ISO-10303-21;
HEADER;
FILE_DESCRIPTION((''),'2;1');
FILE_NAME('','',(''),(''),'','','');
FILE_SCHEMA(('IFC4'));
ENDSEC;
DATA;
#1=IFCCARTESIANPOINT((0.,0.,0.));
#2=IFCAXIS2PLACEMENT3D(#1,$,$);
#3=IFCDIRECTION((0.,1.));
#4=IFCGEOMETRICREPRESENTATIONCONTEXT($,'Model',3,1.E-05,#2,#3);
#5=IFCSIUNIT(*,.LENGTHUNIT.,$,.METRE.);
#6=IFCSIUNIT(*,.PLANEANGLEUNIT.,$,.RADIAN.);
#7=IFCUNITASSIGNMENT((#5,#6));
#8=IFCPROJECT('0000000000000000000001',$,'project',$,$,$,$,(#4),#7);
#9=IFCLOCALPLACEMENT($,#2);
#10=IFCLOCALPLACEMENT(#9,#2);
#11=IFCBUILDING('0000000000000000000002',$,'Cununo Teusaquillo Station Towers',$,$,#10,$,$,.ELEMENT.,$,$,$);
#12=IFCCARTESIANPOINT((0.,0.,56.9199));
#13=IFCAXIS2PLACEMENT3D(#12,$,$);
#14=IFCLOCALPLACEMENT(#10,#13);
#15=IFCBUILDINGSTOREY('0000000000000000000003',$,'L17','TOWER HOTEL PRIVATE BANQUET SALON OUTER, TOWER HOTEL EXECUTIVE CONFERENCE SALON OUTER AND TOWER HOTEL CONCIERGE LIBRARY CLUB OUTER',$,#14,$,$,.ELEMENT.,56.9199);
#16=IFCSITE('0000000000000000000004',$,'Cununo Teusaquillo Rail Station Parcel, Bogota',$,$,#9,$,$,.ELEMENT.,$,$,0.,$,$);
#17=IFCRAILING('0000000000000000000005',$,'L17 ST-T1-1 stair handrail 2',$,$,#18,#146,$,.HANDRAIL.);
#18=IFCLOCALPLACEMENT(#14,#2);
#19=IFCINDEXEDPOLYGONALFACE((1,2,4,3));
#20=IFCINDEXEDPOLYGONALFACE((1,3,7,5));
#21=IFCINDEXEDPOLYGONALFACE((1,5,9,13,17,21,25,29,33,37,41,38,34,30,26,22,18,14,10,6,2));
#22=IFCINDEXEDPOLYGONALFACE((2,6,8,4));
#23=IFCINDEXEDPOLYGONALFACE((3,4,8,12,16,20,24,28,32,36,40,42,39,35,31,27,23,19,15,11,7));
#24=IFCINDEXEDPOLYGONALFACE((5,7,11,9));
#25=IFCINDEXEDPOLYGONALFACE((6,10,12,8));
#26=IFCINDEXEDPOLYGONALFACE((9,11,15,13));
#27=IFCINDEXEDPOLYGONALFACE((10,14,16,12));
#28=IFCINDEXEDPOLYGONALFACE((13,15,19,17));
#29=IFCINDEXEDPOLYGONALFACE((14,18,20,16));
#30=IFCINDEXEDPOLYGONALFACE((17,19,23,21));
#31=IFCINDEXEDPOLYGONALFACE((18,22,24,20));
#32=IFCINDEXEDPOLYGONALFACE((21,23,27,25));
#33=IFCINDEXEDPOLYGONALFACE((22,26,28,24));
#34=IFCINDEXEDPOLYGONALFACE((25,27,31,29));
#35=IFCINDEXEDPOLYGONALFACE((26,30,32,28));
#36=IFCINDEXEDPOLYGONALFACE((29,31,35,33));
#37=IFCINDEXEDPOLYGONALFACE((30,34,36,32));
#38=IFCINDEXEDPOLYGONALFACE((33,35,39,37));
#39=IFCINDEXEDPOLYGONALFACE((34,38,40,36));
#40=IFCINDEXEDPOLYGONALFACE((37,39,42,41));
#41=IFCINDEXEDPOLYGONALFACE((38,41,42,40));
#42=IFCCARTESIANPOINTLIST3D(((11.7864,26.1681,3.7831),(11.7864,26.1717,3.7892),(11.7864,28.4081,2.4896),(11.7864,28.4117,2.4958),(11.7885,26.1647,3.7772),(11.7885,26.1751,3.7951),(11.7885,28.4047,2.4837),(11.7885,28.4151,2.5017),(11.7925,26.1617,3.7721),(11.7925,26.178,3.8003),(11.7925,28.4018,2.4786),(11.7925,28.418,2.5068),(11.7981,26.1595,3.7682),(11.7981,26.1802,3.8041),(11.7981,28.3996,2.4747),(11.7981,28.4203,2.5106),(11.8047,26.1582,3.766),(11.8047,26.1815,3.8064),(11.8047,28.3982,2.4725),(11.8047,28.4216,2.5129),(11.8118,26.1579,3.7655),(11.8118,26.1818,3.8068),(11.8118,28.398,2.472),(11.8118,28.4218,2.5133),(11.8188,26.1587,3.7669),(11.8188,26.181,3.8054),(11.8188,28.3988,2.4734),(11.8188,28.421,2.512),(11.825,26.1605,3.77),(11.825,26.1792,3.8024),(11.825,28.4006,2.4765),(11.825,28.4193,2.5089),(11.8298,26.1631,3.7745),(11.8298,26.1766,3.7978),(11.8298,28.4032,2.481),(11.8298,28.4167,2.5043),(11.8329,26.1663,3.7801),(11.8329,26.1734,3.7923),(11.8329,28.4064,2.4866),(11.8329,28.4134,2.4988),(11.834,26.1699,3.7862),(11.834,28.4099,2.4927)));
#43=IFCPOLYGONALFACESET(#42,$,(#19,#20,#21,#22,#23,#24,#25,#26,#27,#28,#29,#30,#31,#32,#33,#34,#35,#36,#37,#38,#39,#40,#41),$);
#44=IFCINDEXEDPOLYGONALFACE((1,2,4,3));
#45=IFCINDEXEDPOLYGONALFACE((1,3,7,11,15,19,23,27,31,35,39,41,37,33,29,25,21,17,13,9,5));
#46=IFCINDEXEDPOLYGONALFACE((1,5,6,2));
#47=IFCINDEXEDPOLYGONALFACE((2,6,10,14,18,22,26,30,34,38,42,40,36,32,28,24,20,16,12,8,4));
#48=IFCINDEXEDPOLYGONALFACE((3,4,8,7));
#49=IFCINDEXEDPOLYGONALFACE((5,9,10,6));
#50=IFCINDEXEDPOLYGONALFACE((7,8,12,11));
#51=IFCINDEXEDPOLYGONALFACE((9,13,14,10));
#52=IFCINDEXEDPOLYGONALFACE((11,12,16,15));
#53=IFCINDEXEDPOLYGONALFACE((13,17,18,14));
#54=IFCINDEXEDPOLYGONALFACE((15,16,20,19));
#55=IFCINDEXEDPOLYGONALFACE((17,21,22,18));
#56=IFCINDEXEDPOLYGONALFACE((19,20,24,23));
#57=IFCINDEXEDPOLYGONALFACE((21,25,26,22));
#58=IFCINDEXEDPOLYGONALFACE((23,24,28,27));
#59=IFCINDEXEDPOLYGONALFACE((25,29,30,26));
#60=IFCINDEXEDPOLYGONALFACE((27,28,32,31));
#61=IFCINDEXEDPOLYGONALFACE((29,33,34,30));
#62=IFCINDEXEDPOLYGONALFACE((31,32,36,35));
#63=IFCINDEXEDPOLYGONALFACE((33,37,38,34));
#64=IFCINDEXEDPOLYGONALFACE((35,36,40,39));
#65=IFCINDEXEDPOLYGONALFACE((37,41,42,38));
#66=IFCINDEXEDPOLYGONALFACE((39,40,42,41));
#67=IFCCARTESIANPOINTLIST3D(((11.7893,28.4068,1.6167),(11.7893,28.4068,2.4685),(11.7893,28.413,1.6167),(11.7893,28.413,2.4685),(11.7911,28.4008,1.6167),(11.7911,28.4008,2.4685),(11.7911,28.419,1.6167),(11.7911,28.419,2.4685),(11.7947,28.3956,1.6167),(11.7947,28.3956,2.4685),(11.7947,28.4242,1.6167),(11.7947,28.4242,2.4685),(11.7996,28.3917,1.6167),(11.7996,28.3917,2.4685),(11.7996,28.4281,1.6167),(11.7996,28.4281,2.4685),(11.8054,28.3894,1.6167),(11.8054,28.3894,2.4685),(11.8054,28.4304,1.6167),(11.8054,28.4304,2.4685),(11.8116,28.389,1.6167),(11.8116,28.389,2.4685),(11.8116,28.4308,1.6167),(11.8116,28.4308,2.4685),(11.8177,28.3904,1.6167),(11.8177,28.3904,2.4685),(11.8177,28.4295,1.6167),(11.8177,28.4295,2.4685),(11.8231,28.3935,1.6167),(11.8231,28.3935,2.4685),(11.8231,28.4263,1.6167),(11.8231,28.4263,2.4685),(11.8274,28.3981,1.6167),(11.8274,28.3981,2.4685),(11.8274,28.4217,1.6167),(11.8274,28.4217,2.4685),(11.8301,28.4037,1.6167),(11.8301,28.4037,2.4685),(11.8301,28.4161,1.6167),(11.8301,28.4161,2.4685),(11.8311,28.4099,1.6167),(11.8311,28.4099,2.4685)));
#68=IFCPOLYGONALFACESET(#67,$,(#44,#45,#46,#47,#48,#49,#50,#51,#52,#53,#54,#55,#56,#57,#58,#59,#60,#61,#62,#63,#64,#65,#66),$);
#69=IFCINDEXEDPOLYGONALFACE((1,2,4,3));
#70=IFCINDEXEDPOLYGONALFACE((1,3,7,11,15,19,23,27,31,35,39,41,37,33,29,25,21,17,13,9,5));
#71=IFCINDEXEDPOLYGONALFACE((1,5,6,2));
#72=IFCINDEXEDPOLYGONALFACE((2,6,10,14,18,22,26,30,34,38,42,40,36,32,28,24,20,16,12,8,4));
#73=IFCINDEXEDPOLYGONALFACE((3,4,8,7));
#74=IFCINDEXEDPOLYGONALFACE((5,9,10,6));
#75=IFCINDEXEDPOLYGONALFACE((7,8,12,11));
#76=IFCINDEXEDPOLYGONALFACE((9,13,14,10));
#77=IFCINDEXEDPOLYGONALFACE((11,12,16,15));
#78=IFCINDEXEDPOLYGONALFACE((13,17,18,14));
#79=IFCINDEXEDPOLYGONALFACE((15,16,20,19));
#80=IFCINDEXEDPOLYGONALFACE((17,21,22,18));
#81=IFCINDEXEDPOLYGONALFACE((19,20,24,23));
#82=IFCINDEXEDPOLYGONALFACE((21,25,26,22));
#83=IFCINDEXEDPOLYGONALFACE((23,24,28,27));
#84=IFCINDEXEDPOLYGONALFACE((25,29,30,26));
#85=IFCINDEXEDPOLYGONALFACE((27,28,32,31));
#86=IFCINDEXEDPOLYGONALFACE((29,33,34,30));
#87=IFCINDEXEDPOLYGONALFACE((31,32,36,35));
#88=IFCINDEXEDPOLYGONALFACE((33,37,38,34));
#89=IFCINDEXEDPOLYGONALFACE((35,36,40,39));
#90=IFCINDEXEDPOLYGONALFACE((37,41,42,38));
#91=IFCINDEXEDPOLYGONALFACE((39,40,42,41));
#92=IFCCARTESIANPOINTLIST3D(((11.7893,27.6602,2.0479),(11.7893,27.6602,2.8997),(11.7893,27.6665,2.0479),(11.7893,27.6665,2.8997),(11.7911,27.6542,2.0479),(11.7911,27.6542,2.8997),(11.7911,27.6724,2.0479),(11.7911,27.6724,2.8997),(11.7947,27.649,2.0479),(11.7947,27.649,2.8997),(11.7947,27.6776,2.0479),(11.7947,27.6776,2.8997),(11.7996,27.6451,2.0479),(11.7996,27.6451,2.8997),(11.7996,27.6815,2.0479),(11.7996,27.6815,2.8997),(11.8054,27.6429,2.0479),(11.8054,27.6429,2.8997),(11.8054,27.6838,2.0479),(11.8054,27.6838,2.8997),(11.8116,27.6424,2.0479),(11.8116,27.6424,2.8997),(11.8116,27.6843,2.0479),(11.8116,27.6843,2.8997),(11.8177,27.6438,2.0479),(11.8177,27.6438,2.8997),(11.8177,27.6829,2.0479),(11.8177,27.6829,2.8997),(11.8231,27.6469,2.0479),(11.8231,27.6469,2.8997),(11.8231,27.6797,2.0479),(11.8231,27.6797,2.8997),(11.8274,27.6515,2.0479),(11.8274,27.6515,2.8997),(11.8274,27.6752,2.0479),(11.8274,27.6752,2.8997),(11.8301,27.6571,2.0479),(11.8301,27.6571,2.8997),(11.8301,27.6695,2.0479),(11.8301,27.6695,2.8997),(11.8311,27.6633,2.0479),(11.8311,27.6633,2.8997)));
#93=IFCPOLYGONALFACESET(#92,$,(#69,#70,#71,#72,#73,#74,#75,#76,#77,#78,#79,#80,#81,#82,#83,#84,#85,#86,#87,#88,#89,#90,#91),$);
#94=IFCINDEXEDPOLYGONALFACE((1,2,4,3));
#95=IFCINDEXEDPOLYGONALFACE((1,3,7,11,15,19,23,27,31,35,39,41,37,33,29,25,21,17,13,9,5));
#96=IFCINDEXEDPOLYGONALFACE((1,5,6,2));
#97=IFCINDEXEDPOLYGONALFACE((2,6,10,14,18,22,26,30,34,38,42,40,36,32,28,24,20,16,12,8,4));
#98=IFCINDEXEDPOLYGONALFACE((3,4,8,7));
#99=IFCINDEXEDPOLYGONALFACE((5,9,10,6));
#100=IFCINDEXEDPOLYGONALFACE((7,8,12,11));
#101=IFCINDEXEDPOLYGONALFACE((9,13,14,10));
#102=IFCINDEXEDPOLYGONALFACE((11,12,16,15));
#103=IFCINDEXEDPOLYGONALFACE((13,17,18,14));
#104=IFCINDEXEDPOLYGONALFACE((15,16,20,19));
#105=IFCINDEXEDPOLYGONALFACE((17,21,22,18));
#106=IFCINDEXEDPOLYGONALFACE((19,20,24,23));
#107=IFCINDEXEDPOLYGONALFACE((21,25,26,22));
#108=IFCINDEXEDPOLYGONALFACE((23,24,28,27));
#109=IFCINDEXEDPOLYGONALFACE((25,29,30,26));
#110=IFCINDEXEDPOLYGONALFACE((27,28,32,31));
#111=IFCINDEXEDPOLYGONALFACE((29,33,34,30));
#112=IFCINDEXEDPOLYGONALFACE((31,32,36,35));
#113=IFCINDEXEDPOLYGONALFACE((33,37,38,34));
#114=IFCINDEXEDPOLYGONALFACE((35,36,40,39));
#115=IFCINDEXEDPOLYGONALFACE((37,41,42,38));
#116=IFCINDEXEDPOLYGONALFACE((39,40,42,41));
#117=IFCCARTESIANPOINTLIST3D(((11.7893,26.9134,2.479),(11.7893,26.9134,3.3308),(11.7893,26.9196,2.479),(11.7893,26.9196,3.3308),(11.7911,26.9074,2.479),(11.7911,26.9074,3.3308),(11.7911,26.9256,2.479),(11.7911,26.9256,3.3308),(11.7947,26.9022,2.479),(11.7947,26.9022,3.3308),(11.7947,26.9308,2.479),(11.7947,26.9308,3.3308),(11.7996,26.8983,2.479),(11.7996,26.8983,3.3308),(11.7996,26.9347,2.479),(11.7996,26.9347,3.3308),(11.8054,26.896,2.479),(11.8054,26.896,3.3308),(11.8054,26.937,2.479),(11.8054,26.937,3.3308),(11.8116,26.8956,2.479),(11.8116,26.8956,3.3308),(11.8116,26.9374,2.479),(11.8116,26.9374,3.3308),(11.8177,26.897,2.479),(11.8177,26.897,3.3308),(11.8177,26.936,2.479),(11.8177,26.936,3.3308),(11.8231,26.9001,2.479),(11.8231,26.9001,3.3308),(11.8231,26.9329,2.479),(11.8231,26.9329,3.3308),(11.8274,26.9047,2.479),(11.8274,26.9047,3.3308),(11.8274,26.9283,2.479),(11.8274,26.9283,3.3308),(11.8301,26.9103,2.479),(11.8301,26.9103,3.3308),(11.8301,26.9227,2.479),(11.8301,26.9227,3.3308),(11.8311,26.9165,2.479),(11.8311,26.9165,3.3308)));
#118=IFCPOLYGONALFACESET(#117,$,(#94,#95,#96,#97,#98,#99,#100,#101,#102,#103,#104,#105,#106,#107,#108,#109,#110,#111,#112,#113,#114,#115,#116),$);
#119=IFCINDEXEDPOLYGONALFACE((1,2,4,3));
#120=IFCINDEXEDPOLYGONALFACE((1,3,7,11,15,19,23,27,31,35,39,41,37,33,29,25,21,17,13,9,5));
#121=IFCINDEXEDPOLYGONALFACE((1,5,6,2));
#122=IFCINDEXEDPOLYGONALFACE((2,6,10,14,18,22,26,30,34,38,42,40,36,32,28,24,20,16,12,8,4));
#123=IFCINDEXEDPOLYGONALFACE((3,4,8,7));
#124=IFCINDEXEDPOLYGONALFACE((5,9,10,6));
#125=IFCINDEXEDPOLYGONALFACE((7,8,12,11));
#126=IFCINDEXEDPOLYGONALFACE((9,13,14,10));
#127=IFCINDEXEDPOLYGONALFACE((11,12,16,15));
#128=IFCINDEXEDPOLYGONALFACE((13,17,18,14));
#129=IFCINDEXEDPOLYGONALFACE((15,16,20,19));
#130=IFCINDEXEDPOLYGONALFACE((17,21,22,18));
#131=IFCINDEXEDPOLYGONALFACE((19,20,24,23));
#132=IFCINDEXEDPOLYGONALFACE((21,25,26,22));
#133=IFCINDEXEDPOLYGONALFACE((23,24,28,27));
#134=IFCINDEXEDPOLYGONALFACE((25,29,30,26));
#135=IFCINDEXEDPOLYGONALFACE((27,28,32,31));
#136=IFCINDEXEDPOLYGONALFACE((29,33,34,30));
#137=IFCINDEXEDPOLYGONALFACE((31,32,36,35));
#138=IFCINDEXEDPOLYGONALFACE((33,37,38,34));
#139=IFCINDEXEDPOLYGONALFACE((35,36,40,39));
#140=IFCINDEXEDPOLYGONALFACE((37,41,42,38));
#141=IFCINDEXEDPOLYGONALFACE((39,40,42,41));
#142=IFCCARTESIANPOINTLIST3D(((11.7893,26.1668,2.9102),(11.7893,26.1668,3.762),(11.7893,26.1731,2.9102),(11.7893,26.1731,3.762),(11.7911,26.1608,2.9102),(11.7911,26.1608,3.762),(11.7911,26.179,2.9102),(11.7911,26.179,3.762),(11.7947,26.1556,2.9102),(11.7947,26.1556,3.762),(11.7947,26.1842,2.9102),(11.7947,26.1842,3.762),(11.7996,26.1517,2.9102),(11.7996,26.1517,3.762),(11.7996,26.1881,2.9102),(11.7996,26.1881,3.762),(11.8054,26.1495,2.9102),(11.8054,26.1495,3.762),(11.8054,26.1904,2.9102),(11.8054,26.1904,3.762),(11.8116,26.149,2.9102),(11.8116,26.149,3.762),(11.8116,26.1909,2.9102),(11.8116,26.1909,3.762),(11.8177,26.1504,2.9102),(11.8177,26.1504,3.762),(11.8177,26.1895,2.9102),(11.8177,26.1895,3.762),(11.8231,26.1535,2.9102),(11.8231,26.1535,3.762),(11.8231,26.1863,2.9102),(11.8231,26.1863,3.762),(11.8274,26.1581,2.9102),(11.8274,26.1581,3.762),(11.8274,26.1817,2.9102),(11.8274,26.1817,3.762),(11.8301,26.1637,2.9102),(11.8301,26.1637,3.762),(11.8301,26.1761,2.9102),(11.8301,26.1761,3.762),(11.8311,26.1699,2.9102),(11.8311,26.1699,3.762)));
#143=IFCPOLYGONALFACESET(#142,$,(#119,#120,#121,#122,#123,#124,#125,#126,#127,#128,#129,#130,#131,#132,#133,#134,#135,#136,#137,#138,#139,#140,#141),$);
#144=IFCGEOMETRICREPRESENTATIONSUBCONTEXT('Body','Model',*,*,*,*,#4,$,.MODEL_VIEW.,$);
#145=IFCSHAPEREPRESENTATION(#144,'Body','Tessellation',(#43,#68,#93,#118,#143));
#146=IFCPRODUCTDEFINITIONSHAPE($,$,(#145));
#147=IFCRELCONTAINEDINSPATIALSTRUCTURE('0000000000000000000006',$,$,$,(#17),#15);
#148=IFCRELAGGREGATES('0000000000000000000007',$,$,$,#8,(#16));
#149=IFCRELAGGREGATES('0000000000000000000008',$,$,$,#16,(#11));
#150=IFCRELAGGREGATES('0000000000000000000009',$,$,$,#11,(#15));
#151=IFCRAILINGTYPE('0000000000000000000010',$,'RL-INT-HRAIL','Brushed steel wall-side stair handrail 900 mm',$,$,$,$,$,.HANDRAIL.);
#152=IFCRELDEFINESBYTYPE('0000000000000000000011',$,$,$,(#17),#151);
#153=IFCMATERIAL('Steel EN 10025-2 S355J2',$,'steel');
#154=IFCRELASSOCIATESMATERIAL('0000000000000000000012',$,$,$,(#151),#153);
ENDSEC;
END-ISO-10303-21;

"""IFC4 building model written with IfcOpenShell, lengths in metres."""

from ifc_helpers import new_model, si_unit, direction, frame, origin, origin_2d, place, context, subcontext, project, spatial, circle, extrude, material, type_object, element, save


model = new_model("IFC4")

# Units and contexts
model_context = context("Model", 3, precision=1e-05, world=origin(), true_north=direction((0.0, 1.0)))
body_context = subcontext(model_context, "Body", "Model", "MODEL_VIEW")
ifc_project = project(units=[si_unit("LENGTHUNIT", "METRE"), si_unit("PLANEANGLEUNIT", "RADIAN")], contexts=[model_context])

# Site, building, storey
site_placement = place(None, origin())
site = spatial("IfcSite", under=ifc_project, at=site_placement, Name="Cununo Teusaquillo Rail Station Parcel, Bogota", CompositionType="ELEMENT", RefElevation=0.0)
building_placement = place(site_placement, origin())
building = spatial("IfcBuilding", under=site, at=building_placement, Name="Cununo Teusaquillo Station Towers", CompositionType="ELEMENT")
storey_placement = place(building_placement, frame((0.0, 0.0, 56.9199)))
storey = spatial("IfcBuildingStorey", under=building, at=storey_placement, Name="L17", Description="TOWER HOTEL PRIVATE BANQUET SALON OUTER, TOWER HOTEL EXECUTIVE CONFERENCE SALON OUTER AND TOWER HOTEL CONCIERGE LIBRARY CLUB OUTER", CompositionType="ELEMENT", Elevation=56.9199)

# Railing
ifc_material_1 = material(Name="Steel EN 10025-2 S355J2", Category="steel")
railing_type_1 = type_object("IfcRailingType", Name="RL-INT-HRAIL", Description="Brushed steel wall-side stair handrail 900 mm", PredefinedType="HANDRAIL", material=ifc_material_1)
railing_1_placement = place(storey_placement, frame((11.8101, 28.4099, 1.6167)))
element("IfcRailing", 1, at=railing_1_placement, inside=storey, type_object=railing_type_1, Name="L17 ST-T1-1 stair handrail 2", PredefinedType="HANDRAIL", context=body_context, shape_type="SweptSolid", body=[
    extrude(circle(Radius=0.0239, at=origin_2d()), frame((0.0, 0.0, 0.876), z_axis=(0.0, -0.865992, 0.500057), x_axis=(1.0, 0.0, 0.0)), (0.0, 0.0, 1.0), 2.5867),
    extrude(circle(Radius=0.021, at=origin_2d()), origin(), (0.0, 0.0, 1.0), 0.8518),
    extrude(circle(Radius=0.021, at=origin_2d()), frame((0.0, -0.7466, 0.4312)), (0.0, 0.0, 1.0), 0.8518),
    extrude(circle(Radius=0.021, at=origin_2d()), frame((0.0, -1.4934, 0.8623)), (0.0, 0.0, 1.0), 0.8518),
    extrude(circle(Radius=0.021, at=origin_2d()), frame((0.0, -2.24, 1.2935)), (0.0, 0.0, 1.0), 0.8518),
])

save(model, "model.ifc")
